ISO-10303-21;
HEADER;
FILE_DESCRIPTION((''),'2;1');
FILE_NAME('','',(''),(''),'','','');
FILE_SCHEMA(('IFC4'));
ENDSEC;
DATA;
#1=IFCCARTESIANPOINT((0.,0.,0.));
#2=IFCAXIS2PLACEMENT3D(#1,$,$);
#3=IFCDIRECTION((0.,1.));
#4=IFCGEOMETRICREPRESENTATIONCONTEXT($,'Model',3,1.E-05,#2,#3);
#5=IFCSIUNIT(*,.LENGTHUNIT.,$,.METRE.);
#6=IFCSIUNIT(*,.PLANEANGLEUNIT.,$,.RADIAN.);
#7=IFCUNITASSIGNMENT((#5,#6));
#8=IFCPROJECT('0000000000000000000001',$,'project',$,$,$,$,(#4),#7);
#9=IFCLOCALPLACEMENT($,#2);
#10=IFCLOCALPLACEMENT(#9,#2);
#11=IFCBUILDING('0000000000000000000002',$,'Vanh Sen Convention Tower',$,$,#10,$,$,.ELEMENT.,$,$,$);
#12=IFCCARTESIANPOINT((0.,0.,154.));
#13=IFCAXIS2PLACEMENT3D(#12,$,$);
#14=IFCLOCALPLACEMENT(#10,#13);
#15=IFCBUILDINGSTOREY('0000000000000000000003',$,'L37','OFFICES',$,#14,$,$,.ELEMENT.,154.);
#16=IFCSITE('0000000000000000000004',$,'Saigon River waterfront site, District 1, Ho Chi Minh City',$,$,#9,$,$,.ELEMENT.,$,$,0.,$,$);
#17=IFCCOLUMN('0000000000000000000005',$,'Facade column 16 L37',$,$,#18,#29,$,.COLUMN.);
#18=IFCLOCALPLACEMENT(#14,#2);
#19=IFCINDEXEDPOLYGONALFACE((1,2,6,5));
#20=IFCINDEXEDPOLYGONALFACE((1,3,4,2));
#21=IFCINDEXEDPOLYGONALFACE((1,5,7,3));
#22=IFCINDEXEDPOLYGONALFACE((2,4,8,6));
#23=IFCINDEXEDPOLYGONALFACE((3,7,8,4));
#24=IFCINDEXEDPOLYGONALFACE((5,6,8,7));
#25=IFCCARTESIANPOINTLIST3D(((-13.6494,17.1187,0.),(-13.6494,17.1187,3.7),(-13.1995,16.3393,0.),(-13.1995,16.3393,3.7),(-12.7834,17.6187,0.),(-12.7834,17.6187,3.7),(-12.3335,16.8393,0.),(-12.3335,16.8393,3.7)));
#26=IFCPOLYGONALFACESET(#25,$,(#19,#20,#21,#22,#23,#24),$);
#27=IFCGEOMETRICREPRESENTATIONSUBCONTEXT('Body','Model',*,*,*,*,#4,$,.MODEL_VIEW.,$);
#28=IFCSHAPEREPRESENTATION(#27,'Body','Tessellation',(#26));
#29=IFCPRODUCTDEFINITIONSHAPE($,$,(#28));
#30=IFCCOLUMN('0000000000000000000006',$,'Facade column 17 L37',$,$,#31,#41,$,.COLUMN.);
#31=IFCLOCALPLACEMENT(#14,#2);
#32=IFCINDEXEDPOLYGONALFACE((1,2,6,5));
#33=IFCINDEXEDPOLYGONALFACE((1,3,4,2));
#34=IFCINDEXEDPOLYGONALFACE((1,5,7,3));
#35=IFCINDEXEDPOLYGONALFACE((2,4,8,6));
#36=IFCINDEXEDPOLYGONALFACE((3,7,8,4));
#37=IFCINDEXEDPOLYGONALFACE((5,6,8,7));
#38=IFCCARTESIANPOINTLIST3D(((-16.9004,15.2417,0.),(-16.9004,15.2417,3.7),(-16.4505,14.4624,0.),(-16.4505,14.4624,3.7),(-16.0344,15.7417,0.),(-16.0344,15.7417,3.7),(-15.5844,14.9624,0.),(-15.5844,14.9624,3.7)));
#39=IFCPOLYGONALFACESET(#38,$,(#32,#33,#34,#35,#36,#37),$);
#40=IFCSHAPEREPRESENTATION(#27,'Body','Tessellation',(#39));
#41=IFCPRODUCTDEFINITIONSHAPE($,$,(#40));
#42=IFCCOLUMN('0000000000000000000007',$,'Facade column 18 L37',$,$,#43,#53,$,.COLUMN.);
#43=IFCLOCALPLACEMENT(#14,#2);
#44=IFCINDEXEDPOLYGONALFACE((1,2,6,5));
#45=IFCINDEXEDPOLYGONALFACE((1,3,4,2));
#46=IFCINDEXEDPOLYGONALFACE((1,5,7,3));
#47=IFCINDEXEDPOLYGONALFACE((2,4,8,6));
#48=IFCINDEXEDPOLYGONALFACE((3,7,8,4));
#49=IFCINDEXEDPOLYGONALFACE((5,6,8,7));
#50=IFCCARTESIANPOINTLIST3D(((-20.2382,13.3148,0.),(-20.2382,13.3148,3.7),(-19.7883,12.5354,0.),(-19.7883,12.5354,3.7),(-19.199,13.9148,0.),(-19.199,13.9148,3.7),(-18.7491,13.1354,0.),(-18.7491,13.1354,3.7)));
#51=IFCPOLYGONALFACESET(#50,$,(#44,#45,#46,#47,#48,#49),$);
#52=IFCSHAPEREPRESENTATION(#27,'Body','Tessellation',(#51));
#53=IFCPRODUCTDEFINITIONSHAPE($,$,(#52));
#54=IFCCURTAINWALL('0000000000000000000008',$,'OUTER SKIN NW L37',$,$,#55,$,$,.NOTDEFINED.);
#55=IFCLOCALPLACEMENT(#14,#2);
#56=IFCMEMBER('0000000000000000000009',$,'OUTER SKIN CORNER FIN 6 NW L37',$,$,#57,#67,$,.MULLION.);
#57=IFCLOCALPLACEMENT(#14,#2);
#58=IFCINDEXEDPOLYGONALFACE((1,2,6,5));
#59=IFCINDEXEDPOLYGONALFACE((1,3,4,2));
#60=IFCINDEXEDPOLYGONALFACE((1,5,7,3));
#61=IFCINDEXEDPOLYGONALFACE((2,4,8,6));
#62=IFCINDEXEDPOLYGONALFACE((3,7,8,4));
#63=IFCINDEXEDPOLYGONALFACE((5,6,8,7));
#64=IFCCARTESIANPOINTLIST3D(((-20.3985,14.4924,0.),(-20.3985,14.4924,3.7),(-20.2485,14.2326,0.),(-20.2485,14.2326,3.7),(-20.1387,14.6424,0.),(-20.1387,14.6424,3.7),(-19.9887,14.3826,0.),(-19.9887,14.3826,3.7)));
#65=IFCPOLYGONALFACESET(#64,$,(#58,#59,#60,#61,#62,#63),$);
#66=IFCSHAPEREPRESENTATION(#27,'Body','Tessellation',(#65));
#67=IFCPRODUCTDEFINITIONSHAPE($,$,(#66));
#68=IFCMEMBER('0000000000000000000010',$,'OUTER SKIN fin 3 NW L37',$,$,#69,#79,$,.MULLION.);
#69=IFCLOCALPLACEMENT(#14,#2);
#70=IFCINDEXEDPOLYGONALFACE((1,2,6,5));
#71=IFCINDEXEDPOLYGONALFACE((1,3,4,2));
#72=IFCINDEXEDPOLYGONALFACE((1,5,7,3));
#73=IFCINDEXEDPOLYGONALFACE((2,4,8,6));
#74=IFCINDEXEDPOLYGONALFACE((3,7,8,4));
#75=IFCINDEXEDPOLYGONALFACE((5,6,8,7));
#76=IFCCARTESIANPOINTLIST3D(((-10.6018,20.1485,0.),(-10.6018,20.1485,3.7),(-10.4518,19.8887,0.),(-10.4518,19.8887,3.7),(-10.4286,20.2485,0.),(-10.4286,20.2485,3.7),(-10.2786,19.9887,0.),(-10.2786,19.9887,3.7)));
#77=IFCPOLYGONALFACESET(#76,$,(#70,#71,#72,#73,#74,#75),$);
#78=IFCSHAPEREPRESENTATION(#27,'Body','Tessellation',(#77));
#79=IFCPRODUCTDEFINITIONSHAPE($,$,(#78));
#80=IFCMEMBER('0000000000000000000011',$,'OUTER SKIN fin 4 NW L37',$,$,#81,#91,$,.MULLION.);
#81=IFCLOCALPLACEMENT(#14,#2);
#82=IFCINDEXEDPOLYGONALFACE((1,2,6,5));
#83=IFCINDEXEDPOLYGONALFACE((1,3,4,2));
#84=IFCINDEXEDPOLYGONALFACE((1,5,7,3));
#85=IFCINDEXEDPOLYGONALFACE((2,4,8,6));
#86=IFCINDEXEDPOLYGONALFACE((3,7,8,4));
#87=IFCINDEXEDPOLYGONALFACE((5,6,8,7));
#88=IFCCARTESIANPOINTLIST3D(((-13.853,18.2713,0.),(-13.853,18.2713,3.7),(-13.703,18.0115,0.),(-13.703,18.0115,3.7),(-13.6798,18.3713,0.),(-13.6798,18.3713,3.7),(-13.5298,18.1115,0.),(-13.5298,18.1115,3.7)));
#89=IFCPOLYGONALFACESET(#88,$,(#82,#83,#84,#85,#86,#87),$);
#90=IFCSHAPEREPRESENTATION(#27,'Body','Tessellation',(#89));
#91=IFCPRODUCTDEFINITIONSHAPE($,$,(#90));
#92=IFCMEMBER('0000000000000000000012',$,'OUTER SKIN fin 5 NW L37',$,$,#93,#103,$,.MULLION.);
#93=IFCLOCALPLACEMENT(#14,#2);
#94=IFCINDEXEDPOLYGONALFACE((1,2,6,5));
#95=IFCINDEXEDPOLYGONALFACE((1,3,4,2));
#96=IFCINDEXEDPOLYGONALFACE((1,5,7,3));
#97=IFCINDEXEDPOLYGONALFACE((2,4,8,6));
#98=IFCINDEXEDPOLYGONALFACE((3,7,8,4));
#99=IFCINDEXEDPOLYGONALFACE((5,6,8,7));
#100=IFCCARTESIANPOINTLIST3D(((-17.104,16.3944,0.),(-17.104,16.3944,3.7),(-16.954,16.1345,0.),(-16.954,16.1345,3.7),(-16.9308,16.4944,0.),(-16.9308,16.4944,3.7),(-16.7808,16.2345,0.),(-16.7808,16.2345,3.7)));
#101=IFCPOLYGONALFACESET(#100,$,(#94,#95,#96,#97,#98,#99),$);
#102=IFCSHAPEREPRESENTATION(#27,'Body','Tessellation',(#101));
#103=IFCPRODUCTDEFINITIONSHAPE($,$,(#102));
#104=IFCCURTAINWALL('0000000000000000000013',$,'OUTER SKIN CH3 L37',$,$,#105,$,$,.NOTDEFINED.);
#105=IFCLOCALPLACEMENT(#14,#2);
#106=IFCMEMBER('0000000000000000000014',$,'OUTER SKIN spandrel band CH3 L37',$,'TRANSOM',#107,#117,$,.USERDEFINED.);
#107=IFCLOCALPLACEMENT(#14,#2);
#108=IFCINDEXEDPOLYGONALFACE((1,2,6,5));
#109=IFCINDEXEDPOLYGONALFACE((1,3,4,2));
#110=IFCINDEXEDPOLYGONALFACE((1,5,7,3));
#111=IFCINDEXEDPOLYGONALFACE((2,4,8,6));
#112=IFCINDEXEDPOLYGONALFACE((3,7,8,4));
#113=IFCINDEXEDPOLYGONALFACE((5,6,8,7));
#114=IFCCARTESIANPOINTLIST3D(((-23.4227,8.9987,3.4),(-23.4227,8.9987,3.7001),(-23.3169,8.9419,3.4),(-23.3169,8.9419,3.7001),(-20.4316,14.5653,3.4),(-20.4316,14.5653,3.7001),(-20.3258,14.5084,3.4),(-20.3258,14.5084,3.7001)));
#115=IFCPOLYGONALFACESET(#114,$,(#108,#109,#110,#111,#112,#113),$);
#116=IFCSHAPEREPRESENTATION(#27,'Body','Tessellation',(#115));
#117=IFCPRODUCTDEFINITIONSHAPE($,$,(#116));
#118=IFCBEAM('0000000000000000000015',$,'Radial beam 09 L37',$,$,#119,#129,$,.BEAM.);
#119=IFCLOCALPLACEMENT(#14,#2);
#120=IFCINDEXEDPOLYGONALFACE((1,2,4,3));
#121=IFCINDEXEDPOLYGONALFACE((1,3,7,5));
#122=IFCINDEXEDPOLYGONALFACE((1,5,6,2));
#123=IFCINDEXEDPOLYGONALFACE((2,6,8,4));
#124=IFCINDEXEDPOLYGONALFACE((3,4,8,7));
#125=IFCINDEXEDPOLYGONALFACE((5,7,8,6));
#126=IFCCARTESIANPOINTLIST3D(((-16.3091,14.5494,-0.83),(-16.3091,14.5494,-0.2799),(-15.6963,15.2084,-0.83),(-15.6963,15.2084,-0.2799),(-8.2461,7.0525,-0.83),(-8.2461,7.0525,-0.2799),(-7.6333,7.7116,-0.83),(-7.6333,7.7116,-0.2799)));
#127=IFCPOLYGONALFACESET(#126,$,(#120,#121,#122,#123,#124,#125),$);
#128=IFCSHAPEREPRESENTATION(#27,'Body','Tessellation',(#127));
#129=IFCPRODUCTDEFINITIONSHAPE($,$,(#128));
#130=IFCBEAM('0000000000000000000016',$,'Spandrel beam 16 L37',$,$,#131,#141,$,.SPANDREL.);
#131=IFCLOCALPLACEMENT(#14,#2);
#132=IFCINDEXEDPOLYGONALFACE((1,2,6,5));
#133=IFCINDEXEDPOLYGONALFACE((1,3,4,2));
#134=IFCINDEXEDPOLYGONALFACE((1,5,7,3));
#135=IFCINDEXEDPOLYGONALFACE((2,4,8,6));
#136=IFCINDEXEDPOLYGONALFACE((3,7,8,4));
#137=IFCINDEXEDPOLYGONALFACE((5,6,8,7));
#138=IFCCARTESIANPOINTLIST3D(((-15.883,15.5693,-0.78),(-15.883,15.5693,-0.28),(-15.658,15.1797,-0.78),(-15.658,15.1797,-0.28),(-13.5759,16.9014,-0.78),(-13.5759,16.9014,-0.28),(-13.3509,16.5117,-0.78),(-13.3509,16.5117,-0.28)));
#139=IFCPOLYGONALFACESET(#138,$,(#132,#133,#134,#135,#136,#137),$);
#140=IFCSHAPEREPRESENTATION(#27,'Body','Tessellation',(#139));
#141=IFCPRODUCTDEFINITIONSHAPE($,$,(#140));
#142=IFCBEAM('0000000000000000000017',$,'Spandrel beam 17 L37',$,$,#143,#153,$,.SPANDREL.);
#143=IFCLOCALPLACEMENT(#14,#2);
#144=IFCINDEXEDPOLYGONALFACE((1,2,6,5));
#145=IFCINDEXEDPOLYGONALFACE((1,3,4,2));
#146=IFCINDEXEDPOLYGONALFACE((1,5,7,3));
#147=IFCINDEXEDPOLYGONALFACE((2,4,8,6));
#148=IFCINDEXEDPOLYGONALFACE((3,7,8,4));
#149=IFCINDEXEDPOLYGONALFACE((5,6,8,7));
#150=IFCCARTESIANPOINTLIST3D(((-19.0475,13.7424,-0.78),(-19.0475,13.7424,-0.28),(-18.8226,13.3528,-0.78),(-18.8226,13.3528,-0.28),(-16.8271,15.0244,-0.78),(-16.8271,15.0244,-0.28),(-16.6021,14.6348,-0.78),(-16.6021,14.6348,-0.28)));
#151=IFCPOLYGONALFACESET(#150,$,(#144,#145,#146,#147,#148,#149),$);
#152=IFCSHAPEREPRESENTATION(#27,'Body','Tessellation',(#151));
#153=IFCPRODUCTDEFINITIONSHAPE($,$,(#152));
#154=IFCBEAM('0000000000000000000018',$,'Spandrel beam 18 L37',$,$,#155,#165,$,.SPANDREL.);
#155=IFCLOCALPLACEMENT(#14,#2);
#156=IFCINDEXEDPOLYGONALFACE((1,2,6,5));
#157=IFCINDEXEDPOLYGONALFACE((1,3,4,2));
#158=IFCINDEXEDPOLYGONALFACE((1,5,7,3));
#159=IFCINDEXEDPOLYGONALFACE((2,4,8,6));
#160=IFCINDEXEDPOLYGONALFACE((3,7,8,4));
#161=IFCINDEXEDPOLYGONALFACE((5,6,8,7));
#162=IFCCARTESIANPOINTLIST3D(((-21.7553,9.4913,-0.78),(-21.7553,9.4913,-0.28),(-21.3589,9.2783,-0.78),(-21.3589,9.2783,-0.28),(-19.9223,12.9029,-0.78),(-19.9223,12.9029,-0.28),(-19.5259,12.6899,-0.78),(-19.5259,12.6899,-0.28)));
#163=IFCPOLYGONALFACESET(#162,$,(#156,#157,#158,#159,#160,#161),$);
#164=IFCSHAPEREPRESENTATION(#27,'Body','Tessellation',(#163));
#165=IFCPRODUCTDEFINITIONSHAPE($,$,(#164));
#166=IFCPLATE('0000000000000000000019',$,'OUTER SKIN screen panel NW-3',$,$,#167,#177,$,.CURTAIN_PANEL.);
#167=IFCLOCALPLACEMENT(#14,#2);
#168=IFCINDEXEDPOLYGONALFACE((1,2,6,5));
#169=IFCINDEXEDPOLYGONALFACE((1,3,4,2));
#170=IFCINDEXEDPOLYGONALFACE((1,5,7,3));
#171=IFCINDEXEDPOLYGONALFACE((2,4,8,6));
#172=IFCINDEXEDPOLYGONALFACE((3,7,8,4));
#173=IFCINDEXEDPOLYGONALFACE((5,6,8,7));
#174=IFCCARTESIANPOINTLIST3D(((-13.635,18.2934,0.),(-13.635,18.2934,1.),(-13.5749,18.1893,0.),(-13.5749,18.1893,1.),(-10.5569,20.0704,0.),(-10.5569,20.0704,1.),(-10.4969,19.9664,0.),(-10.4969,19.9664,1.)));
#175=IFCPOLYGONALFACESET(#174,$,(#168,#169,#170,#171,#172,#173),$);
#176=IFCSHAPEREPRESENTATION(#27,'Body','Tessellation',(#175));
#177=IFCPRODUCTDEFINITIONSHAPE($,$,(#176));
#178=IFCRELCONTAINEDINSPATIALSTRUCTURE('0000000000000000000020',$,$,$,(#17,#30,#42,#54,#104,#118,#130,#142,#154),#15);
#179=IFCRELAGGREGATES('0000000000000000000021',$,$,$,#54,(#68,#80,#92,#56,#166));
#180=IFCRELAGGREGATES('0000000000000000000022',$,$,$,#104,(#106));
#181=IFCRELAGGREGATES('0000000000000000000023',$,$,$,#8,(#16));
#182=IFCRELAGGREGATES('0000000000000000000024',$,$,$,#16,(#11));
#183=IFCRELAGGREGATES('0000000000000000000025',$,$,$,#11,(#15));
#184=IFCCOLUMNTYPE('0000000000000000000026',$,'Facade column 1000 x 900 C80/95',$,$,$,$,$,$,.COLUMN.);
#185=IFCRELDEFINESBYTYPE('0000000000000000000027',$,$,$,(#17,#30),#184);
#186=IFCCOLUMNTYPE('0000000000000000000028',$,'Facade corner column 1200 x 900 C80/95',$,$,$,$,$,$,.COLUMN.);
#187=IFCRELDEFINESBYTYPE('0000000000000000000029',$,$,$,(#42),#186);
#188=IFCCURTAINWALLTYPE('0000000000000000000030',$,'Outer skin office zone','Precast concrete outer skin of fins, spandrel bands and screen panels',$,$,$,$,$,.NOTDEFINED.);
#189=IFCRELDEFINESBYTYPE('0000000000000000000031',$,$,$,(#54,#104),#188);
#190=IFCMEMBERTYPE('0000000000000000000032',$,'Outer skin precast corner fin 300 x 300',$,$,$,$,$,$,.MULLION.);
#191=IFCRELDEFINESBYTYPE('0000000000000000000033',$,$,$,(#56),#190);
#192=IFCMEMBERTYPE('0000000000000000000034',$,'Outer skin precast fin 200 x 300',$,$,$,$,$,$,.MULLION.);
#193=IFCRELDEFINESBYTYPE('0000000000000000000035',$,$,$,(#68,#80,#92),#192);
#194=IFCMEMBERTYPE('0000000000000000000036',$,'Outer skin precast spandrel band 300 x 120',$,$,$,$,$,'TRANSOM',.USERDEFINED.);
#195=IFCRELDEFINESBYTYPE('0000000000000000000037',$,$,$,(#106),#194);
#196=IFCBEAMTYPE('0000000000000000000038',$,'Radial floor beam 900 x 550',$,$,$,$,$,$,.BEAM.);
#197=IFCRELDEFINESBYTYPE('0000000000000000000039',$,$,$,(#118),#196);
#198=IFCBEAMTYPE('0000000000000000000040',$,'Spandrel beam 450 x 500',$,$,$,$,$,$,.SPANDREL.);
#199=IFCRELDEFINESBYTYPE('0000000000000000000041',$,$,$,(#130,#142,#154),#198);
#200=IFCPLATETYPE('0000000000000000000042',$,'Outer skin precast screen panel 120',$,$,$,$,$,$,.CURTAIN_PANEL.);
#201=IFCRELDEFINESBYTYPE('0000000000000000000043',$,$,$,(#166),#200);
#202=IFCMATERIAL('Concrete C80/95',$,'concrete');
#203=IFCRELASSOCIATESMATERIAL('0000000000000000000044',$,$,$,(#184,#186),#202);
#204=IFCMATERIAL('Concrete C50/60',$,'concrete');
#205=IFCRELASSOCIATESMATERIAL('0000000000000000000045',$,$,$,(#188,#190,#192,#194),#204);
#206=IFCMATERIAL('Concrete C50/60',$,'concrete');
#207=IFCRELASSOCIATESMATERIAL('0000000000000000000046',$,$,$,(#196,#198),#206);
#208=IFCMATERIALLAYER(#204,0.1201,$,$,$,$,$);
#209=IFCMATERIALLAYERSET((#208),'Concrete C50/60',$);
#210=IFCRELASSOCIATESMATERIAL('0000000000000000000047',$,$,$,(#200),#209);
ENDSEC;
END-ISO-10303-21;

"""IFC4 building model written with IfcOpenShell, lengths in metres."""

from ifc_helpers import new_model, si_unit, direction, frame, origin, origin_2d, place, context, subcontext, project, spatial, rectangle, extrude, material, layer, layer_set, material_profile, profile_set, type_object, element, aggregate, save


model = new_model("IFC4")

# Units and contexts
model_context = context("Model", 3, precision=1e-05, world=origin(), true_north=direction((0.0, 1.0)))
body_context = subcontext(model_context, "Body", "Model", "MODEL_VIEW")
ifc_project = project(units=[si_unit("LENGTHUNIT", "METRE"), si_unit("PLANEANGLEUNIT", "RADIAN")], contexts=[model_context])

# Site, building, storey
site_placement = place(None, origin())
site = spatial("IfcSite", under=ifc_project, at=site_placement, Name="Saigon River waterfront site, District 1, Ho Chi Minh City", CompositionType="ELEMENT", RefElevation=0.0)
building_placement = place(site_placement, origin())
building = spatial("IfcBuilding", under=site, at=building_placement, Name="Vanh Sen Convention Tower", CompositionType="ELEMENT")
storey_placement = place(building_placement, frame((0.0, 0.0, 154.0)))
storey = spatial("IfcBuildingStorey", under=building, at=storey_placement, Name="L37", Description="OFFICES", CompositionType="ELEMENT", Elevation=154.0)

# Columns
ifc_material_1 = material(Name="Concrete C80/95", Category="concrete")
ifc_material_profile_1 = material_profile(ifc_material_1, rectangle(XDim=1.0, YDim=0.8999, at=origin_2d()), Name="RC 1000X900")
ifc_profile_set_1 = profile_set([ifc_material_profile_1], Name="Concrete C80/95")
column_type_1 = type_object("IfcColumnType", Name="Facade column 1000 x 900 C80/95", PredefinedType="COLUMN", material=ifc_profile_set_1)
for number, where, z_axis, x_axis, name in (
    (1, (-12.9915, 16.979, 0.0), (0.0, 0.0, 1.0), (-0.866025, -0.5, 0.0), "Facade column 16 L37"),
    (2, (-16.2424, 15.1021, 0.0), (0.0, 0.0, 1.0), (-0.866025, -0.5, 0.0), "Facade column 17 L37"),
):
    element("IfcColumn", number, at=place(storey_placement, frame(where, z_axis=z_axis, x_axis=x_axis)), inside=storey, type_object=column_type_1, Name=name, PredefinedType="COLUMN", context=body_context, shape_type="SweptSolid", body=[
        extrude(rectangle(XDim=1.0, YDim=0.8999, at=origin_2d()), origin(), (0.0, 0.0, 1.0), 3.7),
    ])
ifc_material_profile_2 = material_profile(ifc_material_1, rectangle(XDim=1.2, YDim=0.8999, at=origin_2d()), Name="RC 1200X900")
ifc_profile_set_2 = profile_set([ifc_material_profile_2], Name="Concrete C80/95")
column_type_2 = type_object("IfcColumnType", Name="Facade corner column 1200 x 900 C80/95", PredefinedType="COLUMN", material=ifc_profile_set_2)
column_placement = place(storey_placement, frame((-19.4937, 13.2251, 0.0), z_axis=(0.0, 0.0, 1.0), x_axis=(-0.866025, -0.5, 0.0)))
element("IfcColumn", 3, at=column_placement, inside=storey, type_object=column_type_2, Name="Facade column 18 L37", PredefinedType="COLUMN", context=body_context, shape_type="SweptSolid", body=[
    extrude(rectangle(XDim=1.2, YDim=0.8999, at=origin_2d()), origin(), (0.0, 0.0, 1.0), 3.7),
])

# Curtain wall, members
ifc_material_2 = material(Name="Concrete C50/60", Category="concrete")
curtain_wall_type = type_object("IfcCurtainWallType", Name="Outer skin office zone", Description="Precast concrete outer skin of fins, spandrel bands and screen panels", PredefinedType="NOTDEFINED", material=ifc_material_2)
curtain_wall_1_placement = place(storey_placement, origin())
curtain_wall_1 = element("IfcCurtainWall", 4, at=curtain_wall_1_placement, inside=storey, type_object=curtain_wall_type, Name="OUTER SKIN NW L37", PredefinedType="NOTDEFINED")
ifc_material_profile_3 = material_profile(ifc_material_2, rectangle(XDim=0.3, YDim=0.3, at=origin_2d()), Name="Outer skin precast corner fin 300 x 300")
ifc_profile_set_3 = profile_set([ifc_material_profile_3], Name="Concrete C50/60")
member_type_1 = type_object("IfcMemberType", Name="Outer skin precast corner fin 300 x 300", PredefinedType="MULLION", material=ifc_profile_set_3)
member_1_placement = place(storey_placement, frame((-20.1936, 14.4375, 0.0), z_axis=(0.0, 0.0, 1.0), x_axis=(-0.866025, -0.5, 0.0)))
member_1 = element("IfcMember", 5, at=member_1_placement, type_object=member_type_1, Name="OUTER SKIN CORNER FIN 6 NW L37", PredefinedType="MULLION", context=body_context, shape_type="SweptSolid", body=[
    extrude(rectangle(XDim=0.3, YDim=0.3, at=origin_2d()), origin(), (0.0, 0.0, 1.0), 3.7),
])
ifc_material_profile_4 = material_profile(ifc_material_2, rectangle(XDim=0.2, YDim=0.3, at=origin_2d()), Name="Outer skin precast fin 200 x 300")
ifc_profile_set_4 = profile_set([ifc_material_profile_4], Name="Concrete C50/60")
member_type_2 = type_object("IfcMemberType", Name="Outer skin precast fin 200 x 300", PredefinedType="MULLION", material=ifc_profile_set_4)
member_2_placement = place(storey_placement, frame((-10.4402, 20.0686, 0.0), z_axis=(0.0, 0.0, 1.0), x_axis=(-0.866025, -0.5, 0.0)))
member_2 = element("IfcMember", 6, at=member_2_placement, type_object=member_type_2, Name="OUTER SKIN fin 3 NW L37", PredefinedType="MULLION", context=body_context, shape_type="SweptSolid", body=[
    extrude(rectangle(XDim=0.2, YDim=0.3, at=origin_2d()), origin(), (0.0, 0.0, 1.0), 3.7),
])
member_3_placement = place(storey_placement, frame((-13.6914, 18.1914, 0.0), z_axis=(0.0, 0.0, 1.0), x_axis=(-0.866025, -0.5, 0.0)))
member_3 = element("IfcMember", 7, at=member_3_placement, type_object=member_type_2, Name="OUTER SKIN fin 4 NW L37", PredefinedType="MULLION", context=body_context, shape_type="SweptSolid", body=[
    extrude(rectangle(XDim=0.2, YDim=0.3, at=origin_2d()), origin(), (0.0, 0.0, 1.0), 3.7),
])
member_4_placement = place(storey_placement, frame((-16.9424, 16.3145, 0.0), z_axis=(0.0, 0.0, 1.0), x_axis=(-0.866025, -0.5, 0.0)))
member_4 = element("IfcMember", 8, at=member_4_placement, type_object=member_type_2, Name="OUTER SKIN fin 5 NW L37", PredefinedType="MULLION", context=body_context, shape_type="SweptSolid", body=[
    extrude(rectangle(XDim=0.2, YDim=0.3, at=origin_2d()), origin(), (0.0, 0.0, 1.0), 3.7),
])

# Curtain wall, member
curtain_wall_2_placement = place(storey_placement, origin())
curtain_wall_2 = element("IfcCurtainWall", 9, at=curtain_wall_2_placement, inside=storey, type_object=curtain_wall_type, Name="OUTER SKIN CH3 L37", PredefinedType="NOTDEFINED")
ifc_material_profile_5 = material_profile(ifc_material_2, rectangle(XDim=0.1201, YDim=0.3, at=origin_2d()), Name="Outer skin precast spandrel band 300 x 120")
ifc_profile_set_5 = profile_set([ifc_material_profile_5], Name="Concrete C50/60")
member_type_3 = type_object("IfcMemberType", Name="Outer skin precast spandrel band 300 x 120", ElementType="TRANSOM", PredefinedType="USERDEFINED", material=ifc_profile_set_5)
member_5_placement = place(storey_placement, frame((-20.3787, 14.5369, 3.55), z_axis=(-0.473337, -0.880881, 0.0), x_axis=(0.880881, -0.473337, 0.0)))
member_5 = element("IfcMember", 10, at=member_5_placement, type_object=member_type_3, Name="OUTER SKIN spandrel band CH3 L37", ObjectType="TRANSOM", PredefinedType="USERDEFINED", context=body_context, shape_type="SweptSolid", body=[
    extrude(rectangle(XDim=0.1201, YDim=0.3, at=origin_2d()), origin(), (0.0, 0.0, 1.0), 6.3193),
])

# Beams
ifc_material_3 = material(Name="Concrete C50/60", Category="concrete")
ifc_material_profile_6 = material_profile(ifc_material_3, rectangle(XDim=0.8999, YDim=0.55, at=origin_2d()), Name="RC 900X550")
ifc_profile_set_6 = profile_set([ifc_material_profile_6], Name="Concrete C50/60")
beam_type_1 = type_object("IfcBeamType", Name="Radial floor beam 900 x 550", PredefinedType="BEAM", material=ifc_profile_set_6)
beam_1_placement = place(storey_placement, frame((-16.0027, 14.8789, -0.5549), z_axis=(0.732351, -0.680927, 0.0), x_axis=(0.680927, 0.732351, 0.0)))
element("IfcBeam", 11, at=beam_1_placement, inside=storey, type_object=beam_type_1, Name="Radial beam 09 L37", PredefinedType="BEAM", context=body_context, shape_type="SweptSolid", body=[
    extrude(rectangle(XDim=0.8999, YDim=0.55, at=origin_2d()), origin(), (0.0, 0.0, 1.0), 11.0098),
])
ifc_material_profile_7 = material_profile(ifc_material_3, rectangle(XDim=0.45, YDim=0.5, at=origin_2d()), Name="RC 450X500")
ifc_profile_set_7 = profile_set([ifc_material_profile_7], Name="Concrete C50/60")
beam_type_2 = type_object("IfcBeamType", Name="Spandrel beam 450 x 500", PredefinedType="SPANDREL", material=ifc_profile_set_7)
beam_2_placement = place(storey_placement, frame((-13.4634, 16.7065, -0.53), z_axis=(-0.866024, -0.500003, 0.0), x_axis=(0.500003, -0.866024, 0.0)))
element("IfcBeam", 12, at=beam_2_placement, inside=storey, type_object=beam_type_2, Name="Spandrel beam 16 L37", PredefinedType="SPANDREL", context=body_context, shape_type="SweptSolid", body=[
    extrude(rectangle(XDim=0.45, YDim=0.5, at=origin_2d()), origin(), (0.0, 0.0, 1.0), 2.6641),
])
beam_3_placement = place(storey_placement, frame((-16.7146, 14.8296, -0.53), z_axis=(-0.866025, -0.5, 0.0), x_axis=(0.5, -0.866025, 0.0)))
element("IfcBeam", 13, at=beam_3_placement, inside=storey, type_object=beam_type_2, Name="Spandrel beam 17 L37", PredefinedType="SPANDREL", context=body_context, shape_type="SweptSolid", body=[
    extrude(rectangle(XDim=0.45, YDim=0.5, at=origin_2d()), origin(), (0.0, 0.0, 1.0), 2.564),
])
beam_4_placement = place(storey_placement, frame((-19.7241, 12.7964, -0.53), z_axis=(-0.473295, -0.880904, 0.0), x_axis=(0.880904, -0.473295, 0.0)))
element("IfcBeam", 14, at=beam_4_placement, inside=storey, type_object=beam_type_2, Name="Spandrel beam 18 L37", PredefinedType="SPANDREL", context=body_context, shape_type="SweptSolid", body=[
    extrude(rectangle(XDim=0.45, YDim=0.5, at=origin_2d()), origin(), (0.0, 0.0, 1.0), 3.8728),
])

# Plate
ifc_layer_1 = layer(ifc_material_2, 0.1201)
ifc_layer_set_1 = layer_set([ifc_layer_1], Name="Concrete C50/60")
plate_type = type_object("IfcPlateType", Name="Outer skin precast screen panel 120", PredefinedType="CURTAIN_PANEL", material=ifc_layer_set_1)
plate_1_placement = place(storey_placement, frame((-12.0659, 19.1299, 0.0), z_axis=(0.0, 0.0, 1.0), x_axis=(-0.866035, -0.499983, 0.0)))
plate_1 = element("IfcPlate", 15, at=plate_1_placement, type_object=plate_type, Name="OUTER SKIN screen panel NW-3", PredefinedType="CURTAIN_PANEL", context=body_context, shape_type="SweptSolid", body=[
    extrude(rectangle(XDim=3.5542, YDim=0.1201, at=origin_2d()), origin(), (0.0, 0.0, 1.0), 1.0),
])
aggregate(curtain_wall_1, [member_2, member_3, member_4, member_1, plate_1])
aggregate(curtain_wall_2, [member_5])

save(model, "model.ifc")
